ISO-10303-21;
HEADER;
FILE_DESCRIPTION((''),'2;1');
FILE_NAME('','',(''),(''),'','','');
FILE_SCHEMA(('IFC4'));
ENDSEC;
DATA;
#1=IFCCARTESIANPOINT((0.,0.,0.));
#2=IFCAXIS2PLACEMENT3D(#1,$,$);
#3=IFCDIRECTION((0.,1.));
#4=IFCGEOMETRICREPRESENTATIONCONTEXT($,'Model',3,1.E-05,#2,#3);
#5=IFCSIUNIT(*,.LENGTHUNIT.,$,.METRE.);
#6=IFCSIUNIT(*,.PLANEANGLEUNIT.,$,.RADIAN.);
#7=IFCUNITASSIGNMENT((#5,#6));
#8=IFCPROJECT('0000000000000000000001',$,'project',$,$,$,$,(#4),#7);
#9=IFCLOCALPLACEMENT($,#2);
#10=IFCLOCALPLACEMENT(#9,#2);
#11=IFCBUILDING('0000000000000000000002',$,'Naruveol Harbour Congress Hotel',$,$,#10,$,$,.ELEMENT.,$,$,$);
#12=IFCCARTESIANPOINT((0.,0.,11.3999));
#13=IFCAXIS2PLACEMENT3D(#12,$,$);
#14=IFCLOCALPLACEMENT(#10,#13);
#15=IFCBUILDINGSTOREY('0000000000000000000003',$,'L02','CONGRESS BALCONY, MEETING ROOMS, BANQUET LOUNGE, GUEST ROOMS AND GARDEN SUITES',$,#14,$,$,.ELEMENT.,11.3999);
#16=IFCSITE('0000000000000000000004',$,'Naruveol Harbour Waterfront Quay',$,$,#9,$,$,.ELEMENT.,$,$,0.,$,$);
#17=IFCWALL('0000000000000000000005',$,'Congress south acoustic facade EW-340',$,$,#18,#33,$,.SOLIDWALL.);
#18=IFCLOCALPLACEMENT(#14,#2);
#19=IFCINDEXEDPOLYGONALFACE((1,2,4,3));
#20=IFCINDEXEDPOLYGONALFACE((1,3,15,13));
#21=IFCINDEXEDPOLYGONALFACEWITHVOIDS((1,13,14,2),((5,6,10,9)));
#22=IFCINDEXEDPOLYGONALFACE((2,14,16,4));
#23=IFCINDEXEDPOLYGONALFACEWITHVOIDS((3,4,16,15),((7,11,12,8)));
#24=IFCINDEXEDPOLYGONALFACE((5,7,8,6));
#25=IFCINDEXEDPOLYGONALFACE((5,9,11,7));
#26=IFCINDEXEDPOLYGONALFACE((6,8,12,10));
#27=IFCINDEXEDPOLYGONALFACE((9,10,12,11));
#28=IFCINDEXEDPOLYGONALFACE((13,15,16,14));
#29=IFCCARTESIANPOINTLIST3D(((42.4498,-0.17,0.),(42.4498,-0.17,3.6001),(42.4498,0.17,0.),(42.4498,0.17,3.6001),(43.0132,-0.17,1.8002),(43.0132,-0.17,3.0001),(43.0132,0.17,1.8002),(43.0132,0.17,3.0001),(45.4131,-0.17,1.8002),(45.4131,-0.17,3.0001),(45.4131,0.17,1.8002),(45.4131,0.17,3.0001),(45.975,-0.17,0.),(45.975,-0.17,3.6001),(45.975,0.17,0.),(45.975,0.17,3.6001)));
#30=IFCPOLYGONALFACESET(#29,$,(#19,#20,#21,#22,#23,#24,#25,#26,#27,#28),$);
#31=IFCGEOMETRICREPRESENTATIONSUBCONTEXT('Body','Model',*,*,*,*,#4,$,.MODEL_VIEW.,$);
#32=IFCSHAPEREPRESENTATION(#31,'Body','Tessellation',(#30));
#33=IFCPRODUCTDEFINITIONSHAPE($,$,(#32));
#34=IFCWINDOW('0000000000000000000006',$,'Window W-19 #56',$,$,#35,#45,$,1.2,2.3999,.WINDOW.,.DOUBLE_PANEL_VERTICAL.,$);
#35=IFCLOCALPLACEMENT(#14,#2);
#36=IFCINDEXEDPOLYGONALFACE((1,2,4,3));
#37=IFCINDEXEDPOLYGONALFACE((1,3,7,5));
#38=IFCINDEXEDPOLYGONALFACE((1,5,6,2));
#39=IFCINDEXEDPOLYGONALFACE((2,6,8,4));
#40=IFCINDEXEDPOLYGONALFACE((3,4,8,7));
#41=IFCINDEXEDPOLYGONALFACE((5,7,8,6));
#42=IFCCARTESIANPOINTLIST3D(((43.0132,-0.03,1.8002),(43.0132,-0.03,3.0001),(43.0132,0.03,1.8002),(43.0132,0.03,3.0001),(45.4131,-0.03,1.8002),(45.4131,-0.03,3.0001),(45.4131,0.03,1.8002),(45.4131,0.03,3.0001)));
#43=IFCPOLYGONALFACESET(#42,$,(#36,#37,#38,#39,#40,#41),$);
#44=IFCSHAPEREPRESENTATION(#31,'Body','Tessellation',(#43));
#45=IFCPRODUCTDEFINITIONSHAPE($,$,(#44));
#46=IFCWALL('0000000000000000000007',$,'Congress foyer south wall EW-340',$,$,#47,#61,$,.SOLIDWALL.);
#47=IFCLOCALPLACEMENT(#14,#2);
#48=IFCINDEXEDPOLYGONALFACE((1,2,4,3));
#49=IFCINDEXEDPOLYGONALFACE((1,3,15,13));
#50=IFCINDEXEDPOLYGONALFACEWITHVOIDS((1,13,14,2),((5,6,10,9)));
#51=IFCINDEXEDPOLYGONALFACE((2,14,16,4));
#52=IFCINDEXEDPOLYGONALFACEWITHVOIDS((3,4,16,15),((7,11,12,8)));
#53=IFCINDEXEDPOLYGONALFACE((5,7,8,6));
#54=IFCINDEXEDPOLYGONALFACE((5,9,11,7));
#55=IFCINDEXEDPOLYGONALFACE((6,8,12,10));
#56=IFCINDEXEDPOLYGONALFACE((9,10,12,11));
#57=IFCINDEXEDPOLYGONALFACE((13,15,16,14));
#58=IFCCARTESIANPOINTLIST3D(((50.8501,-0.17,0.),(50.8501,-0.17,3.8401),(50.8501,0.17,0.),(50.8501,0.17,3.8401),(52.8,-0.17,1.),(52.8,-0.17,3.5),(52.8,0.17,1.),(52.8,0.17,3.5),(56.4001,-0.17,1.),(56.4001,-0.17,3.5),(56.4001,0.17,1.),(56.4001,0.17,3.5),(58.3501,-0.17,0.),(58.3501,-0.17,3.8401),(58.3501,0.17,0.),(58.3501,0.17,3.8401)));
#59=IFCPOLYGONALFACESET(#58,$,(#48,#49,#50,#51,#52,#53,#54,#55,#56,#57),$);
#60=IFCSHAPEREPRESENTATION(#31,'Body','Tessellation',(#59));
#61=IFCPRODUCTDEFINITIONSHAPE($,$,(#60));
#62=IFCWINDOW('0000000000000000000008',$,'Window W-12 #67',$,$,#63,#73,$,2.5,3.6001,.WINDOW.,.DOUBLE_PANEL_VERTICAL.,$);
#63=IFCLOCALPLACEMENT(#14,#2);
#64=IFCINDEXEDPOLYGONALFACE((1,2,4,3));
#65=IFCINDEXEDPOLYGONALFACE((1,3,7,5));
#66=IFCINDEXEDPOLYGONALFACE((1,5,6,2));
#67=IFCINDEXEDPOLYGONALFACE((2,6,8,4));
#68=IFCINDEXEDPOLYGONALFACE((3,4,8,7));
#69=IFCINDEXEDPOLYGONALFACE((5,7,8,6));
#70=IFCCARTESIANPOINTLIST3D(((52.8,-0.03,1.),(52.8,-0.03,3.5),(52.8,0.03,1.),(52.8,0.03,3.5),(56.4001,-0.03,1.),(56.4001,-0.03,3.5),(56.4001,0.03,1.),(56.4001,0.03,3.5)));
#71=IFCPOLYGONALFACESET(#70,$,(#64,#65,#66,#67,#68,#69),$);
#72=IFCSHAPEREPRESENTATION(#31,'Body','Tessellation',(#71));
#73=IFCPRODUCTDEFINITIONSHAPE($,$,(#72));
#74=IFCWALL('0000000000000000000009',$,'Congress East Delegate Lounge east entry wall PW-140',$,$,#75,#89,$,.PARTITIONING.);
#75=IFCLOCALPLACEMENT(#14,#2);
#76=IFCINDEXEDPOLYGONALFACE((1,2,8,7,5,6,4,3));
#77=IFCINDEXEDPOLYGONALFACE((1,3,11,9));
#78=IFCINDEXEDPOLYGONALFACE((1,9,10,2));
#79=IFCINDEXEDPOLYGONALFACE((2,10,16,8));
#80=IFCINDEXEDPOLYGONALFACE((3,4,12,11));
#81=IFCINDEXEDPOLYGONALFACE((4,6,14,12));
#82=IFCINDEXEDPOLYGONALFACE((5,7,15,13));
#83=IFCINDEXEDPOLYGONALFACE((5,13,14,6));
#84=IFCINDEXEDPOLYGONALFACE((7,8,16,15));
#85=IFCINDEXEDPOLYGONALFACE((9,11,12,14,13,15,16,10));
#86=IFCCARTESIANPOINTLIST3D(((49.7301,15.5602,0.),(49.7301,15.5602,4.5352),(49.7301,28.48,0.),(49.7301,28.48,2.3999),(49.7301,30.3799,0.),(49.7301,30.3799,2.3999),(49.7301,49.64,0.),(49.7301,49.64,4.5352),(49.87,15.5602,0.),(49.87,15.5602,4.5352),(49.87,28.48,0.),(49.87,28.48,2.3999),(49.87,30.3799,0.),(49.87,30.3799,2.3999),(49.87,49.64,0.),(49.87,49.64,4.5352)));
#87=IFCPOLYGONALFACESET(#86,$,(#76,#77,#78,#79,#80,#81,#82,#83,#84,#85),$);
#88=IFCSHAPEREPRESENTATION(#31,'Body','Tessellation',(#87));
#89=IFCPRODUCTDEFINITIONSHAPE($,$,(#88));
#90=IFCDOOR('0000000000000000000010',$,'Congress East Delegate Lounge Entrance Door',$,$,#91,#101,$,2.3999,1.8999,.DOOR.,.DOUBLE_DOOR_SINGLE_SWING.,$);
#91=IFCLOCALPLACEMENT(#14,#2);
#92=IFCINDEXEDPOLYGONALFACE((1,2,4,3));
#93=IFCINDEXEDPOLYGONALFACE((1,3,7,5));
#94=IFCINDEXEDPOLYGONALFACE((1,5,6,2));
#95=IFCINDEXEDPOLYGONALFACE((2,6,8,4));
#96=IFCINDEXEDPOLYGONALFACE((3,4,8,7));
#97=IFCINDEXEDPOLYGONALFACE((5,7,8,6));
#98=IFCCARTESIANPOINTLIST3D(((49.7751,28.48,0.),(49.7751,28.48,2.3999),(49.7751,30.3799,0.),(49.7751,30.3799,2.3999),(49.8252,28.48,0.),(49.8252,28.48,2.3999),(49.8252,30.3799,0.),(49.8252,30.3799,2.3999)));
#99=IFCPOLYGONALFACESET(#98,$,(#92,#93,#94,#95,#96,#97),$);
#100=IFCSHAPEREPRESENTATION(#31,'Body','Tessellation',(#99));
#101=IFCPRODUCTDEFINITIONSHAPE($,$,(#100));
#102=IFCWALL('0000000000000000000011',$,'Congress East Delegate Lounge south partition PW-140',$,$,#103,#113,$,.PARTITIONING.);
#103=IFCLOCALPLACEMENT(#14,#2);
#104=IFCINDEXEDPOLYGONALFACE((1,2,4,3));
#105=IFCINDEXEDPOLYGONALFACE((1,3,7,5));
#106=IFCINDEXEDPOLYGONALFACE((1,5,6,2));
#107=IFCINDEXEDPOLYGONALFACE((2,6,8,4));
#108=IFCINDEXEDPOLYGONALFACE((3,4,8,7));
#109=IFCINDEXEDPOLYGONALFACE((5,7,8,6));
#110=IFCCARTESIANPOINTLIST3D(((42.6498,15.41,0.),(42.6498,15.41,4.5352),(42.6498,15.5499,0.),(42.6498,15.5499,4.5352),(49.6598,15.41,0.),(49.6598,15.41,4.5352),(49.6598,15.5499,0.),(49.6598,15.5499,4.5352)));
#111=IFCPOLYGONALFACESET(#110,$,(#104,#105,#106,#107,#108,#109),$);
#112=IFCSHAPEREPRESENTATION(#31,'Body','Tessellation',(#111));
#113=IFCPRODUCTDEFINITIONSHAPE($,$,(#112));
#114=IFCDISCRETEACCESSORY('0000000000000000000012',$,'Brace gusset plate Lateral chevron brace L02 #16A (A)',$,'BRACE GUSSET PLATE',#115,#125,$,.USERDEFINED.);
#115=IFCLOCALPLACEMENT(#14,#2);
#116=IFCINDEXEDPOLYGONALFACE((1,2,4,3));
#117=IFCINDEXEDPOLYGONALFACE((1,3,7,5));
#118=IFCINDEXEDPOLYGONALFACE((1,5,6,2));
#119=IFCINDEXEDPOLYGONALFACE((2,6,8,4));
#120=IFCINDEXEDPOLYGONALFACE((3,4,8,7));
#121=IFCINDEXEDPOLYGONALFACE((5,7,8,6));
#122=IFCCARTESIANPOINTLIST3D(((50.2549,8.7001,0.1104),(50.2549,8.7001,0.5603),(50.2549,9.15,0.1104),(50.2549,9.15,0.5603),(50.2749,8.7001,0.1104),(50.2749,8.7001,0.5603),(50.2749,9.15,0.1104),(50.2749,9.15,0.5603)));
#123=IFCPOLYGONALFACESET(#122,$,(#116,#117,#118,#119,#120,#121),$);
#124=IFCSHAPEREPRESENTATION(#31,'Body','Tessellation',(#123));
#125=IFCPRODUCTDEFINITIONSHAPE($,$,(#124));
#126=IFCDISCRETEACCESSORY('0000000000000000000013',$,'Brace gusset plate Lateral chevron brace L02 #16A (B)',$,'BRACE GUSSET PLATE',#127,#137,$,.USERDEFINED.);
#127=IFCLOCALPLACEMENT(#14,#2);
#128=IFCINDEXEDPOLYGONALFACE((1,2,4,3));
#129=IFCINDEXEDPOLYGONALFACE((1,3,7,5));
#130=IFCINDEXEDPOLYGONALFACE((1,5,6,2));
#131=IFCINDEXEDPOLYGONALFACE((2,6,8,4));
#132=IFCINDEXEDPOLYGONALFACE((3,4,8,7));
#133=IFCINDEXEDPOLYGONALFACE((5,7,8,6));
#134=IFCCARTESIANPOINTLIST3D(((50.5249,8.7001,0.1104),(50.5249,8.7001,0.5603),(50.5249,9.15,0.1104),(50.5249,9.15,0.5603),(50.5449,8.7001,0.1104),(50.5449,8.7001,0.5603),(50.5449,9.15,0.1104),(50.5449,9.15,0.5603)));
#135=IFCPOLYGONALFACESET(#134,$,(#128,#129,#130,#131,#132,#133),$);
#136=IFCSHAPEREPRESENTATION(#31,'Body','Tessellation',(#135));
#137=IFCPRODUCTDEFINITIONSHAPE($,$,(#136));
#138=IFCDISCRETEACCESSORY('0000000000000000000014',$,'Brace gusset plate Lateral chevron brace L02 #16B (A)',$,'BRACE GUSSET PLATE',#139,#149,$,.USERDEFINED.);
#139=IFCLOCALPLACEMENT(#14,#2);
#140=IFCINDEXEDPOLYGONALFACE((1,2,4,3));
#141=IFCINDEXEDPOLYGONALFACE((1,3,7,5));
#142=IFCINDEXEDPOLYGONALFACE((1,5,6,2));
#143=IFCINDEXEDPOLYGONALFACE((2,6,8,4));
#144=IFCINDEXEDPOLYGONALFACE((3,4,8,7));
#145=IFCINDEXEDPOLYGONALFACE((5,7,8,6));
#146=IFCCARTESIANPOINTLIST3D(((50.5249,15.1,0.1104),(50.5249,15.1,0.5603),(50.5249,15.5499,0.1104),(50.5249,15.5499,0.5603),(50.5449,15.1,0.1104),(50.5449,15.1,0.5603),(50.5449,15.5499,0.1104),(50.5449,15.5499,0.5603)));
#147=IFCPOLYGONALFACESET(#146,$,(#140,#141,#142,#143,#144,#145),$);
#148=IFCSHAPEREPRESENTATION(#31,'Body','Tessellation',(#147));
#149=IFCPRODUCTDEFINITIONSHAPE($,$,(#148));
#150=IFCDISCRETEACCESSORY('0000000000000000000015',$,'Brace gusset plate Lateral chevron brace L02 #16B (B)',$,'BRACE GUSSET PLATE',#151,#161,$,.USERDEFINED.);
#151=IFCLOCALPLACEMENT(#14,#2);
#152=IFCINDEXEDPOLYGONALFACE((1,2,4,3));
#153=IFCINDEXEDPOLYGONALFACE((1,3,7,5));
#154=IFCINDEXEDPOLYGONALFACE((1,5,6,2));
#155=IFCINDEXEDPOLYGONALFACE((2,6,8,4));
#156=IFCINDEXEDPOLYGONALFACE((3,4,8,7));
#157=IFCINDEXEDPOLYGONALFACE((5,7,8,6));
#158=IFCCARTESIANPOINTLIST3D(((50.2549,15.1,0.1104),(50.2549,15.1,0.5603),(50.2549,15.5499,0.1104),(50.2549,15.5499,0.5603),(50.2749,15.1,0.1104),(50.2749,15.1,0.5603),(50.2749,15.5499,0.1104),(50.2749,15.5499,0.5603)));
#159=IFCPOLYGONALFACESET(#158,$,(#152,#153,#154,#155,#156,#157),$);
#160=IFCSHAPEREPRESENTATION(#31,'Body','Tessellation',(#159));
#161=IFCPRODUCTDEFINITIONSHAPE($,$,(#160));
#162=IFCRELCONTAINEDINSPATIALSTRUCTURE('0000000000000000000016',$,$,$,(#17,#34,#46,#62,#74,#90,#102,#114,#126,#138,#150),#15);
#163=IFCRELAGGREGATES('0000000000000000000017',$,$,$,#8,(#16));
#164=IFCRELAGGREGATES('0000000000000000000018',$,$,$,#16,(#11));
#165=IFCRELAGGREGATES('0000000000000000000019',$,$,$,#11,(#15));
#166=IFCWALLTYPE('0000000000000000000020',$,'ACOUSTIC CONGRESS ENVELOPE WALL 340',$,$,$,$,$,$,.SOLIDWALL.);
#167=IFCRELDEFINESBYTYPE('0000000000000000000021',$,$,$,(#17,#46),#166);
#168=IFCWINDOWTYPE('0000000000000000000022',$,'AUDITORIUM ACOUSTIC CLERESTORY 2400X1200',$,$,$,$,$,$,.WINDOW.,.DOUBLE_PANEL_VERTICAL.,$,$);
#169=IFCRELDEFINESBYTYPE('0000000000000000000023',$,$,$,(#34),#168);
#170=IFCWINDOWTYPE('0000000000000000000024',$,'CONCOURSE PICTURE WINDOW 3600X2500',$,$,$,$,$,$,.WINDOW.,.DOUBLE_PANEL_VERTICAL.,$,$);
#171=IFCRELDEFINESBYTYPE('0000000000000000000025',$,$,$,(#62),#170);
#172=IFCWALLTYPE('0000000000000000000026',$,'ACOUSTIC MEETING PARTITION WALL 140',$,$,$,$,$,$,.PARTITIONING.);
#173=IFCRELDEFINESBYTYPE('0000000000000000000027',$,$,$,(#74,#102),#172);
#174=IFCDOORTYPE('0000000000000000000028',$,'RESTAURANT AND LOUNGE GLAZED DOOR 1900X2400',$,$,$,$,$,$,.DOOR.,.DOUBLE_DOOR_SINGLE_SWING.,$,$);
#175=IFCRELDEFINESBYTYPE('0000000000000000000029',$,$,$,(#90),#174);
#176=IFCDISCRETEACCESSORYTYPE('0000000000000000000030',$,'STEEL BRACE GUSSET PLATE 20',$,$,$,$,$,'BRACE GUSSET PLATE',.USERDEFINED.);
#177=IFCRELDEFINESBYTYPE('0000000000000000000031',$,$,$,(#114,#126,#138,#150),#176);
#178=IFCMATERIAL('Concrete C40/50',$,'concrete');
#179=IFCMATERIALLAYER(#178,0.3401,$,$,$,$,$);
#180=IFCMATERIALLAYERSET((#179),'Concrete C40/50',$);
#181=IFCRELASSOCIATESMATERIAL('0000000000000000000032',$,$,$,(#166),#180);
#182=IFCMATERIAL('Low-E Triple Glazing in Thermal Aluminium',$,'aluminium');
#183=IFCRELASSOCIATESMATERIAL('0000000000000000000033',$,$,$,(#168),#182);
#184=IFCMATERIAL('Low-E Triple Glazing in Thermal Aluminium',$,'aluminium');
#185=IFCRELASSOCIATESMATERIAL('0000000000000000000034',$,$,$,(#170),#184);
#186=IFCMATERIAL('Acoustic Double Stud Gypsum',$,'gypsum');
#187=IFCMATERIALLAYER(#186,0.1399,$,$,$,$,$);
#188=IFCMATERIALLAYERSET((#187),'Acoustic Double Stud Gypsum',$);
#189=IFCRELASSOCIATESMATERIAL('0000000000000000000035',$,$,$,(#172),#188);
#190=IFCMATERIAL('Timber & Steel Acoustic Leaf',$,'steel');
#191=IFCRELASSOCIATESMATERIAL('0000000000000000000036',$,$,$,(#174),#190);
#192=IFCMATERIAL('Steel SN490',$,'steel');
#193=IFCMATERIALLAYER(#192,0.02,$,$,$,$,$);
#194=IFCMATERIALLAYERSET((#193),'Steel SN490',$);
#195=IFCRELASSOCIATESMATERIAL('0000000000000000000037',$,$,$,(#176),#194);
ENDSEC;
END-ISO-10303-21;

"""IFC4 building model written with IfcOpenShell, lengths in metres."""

from ifc_helpers import new_model, si_unit, direction, frame, frame_2d, origin, origin_2d, place, context, subcontext, project, spatial, rectangle, extrude, material, layer, layer_set, type_object, element, fill, save


model = new_model("IFC4")

# Units and contexts
model_context = context("Model", 3, precision=1e-05, world=origin(), true_north=direction((0.0, 1.0)))
body_context = subcontext(model_context, "Body", "Model", "MODEL_VIEW")
ifc_project = project(units=[si_unit("LENGTHUNIT", "METRE"), si_unit("PLANEANGLEUNIT", "RADIAN")], contexts=[model_context])

# Site, building, storey
site_placement = place(None, origin())
site = spatial("IfcSite", under=ifc_project, at=site_placement, Name="Naruveol Harbour Waterfront Quay", CompositionType="ELEMENT", RefElevation=0.0)
building_placement = place(site_placement, origin())
building = spatial("IfcBuilding", under=site, at=building_placement, Name="Naruveol Harbour Congress Hotel", CompositionType="ELEMENT")
storey_placement = place(building_placement, frame((0.0, 0.0, 11.3999)))
storey = spatial("IfcBuildingStorey", under=building, at=storey_placement, Name="L02", Description="CONGRESS BALCONY, MEETING ROOMS, BANQUET LOUNGE, GUEST ROOMS AND GARDEN SUITES", CompositionType="ELEMENT", Elevation=11.3999)

# Walls, openings, windows
ifc_material_1 = material(Name="Concrete C40/50", Category="concrete")
ifc_layer_1 = layer(ifc_material_1, 0.3401)
ifc_layer_set_1 = layer_set([ifc_layer_1], Name="Concrete C40/50")
wall_type_1 = type_object("IfcWallType", Name="ACOUSTIC CONGRESS ENVELOPE WALL 340", PredefinedType="SOLIDWALL", material=ifc_layer_set_1)
ifc_material_2 = material(Name="Low-E Triple Glazing in Thermal Aluminium", Category="aluminium")
window_type_1 = type_object("IfcWindowType", Name="AUDITORIUM ACOUSTIC CLERESTORY 2400X1200", PartitioningType="DOUBLE_PANEL_VERTICAL", PredefinedType="WINDOW", material=ifc_material_2)
wall_1_placement = place(storey_placement, frame((45.9751, 0.0, 0.0), z_axis=(0.0, 0.0, 1.0), x_axis=(-1.0, 0.0, 0.0)))
wall_1 = element("IfcWall", 1, at=wall_1_placement, inside=storey, type_object=wall_type_1, Name="Congress south acoustic facade EW-340", PredefinedType="SOLIDWALL", context=body_context, shape_type="SweptSolid", body=[
    extrude(rectangle(XDim=3.5251, YDim=0.3401, at=frame_2d((1.7627, 0.0))), origin(), (0.0, 0.0, 1.0), 3.6001),
])
opening_1_placement = place(wall_1_placement, frame((0.562, 0.0, 1.8)))
opening_1 = element("IfcOpeningElement", 2, at=opening_1_placement, cuts=wall_1, PredefinedType="OPENING", context=body_context, shape_type="SweptSolid", body=[
    extrude(rectangle(XDim=2.3999, YDim=1.2, at=frame_2d((1.2, 0.6001))), frame((0.0, 0.1799, 0.0), z_axis=(0.0, -1.0, 0.0), x_axis=(1.0, 0.0, 0.0)), (0.0, 0.0, 1.0), 0.3601),
])
window_1_placement = place(opening_1_placement, origin())
window_1 = element("IfcWindow", 3, at=window_1_placement, inside=storey, type_object=window_type_1, Name="Window W-19 #56", OverallHeight=1.2, OverallWidth=2.3999, PartitioningType="DOUBLE_PANEL_VERTICAL", PredefinedType="WINDOW", context=body_context, shape_type="SweptSolid", body=[
    extrude(rectangle(XDim=2.3999, YDim=1.2, at=frame_2d((1.2, 0.6001))), frame((0.0, 0.03, 0.0), z_axis=(0.0, -1.0, 0.0), x_axis=(1.0, 0.0, 0.0)), (0.0, 0.0, 1.0), 0.0601),
])
fill(opening_1, window_1)
wall_2_placement = place(storey_placement, frame((58.3501, 0.0, 0.0), z_axis=(0.0, 0.0, 1.0), x_axis=(-1.0, 0.0, 0.0)))
wall_2 = element("IfcWall", 4, at=wall_2_placement, inside=storey, type_object=wall_type_1, Name="Congress foyer south wall EW-340", PredefinedType="SOLIDWALL", context=body_context, shape_type="SweptSolid", body=[
    extrude(rectangle(XDim=7.5, YDim=0.3401, at=frame_2d((3.75, 0.0))), origin(), (0.0, 0.0, 1.0), 3.8401),
])
opening_2_placement = place(wall_2_placement, frame((1.95, 0.0, 1.0)))
opening_2 = element("IfcOpeningElement", 5, at=opening_2_placement, cuts=wall_2, PredefinedType="OPENING", context=body_context, shape_type="SweptSolid", body=[
    extrude(rectangle(XDim=3.6001, YDim=2.5, at=frame_2d((1.8, 1.25))), frame((0.0, 0.1799, 0.0), z_axis=(0.0, -1.0, 0.0), x_axis=(1.0, 0.0, 0.0)), (0.0, 0.0, 1.0), 0.3601),
])
ifc_material_3 = material(Name="Low-E Triple Glazing in Thermal Aluminium", Category="aluminium")
window_type_2 = type_object("IfcWindowType", Name="CONCOURSE PICTURE WINDOW 3600X2500", PartitioningType="DOUBLE_PANEL_VERTICAL", PredefinedType="WINDOW", material=ifc_material_3)
window_2_placement = place(opening_2_placement, origin())
window_2 = element("IfcWindow", 6, at=window_2_placement, inside=storey, type_object=window_type_2, Name="Window W-12 #67", OverallHeight=2.5, OverallWidth=3.6001, PartitioningType="DOUBLE_PANEL_VERTICAL", PredefinedType="WINDOW", context=body_context, shape_type="SweptSolid", body=[
    extrude(rectangle(XDim=3.6001, YDim=2.5, at=frame_2d((1.8, 1.25))), frame((0.0, 0.03, 0.0), z_axis=(0.0, -1.0, 0.0), x_axis=(1.0, 0.0, 0.0)), (0.0, 0.0, 1.0), 0.0601),
])
fill(opening_2, window_2)

# Wall, opening, door
ifc_material_4 = material(Name="Acoustic Double Stud Gypsum", Category="gypsum")
ifc_layer_2 = layer(ifc_material_4, 0.1399)
ifc_layer_set_2 = layer_set([ifc_layer_2], Name="Acoustic Double Stud Gypsum")
wall_type_2 = type_object("IfcWallType", Name="ACOUSTIC MEETING PARTITION WALL 140", PredefinedType="PARTITIONING", material=ifc_layer_set_2)
wall_3_placement = place(storey_placement, frame((49.8, 15.5601, 0.0), z_axis=(0.0, 0.0, 1.0), x_axis=(0.0, 1.0, 0.0)))
wall_3 = element("IfcWall", 7, at=wall_3_placement, inside=storey, type_object=wall_type_2, Name="Congress East Delegate Lounge east entry wall PW-140", PredefinedType="PARTITIONING", context=body_context, shape_type="SweptSolid", body=[
    extrude(rectangle(XDim=34.0798, YDim=0.1399, at=frame_2d((17.04, 0.0))), origin(), (0.0, 0.0, 1.0), 4.5352),
])
opening_3_placement = place(wall_3_placement, frame((12.9199, 0.0, 0.0)))
opening_3 = element("IfcOpeningElement", 8, at=opening_3_placement, cuts=wall_3, PredefinedType="OPENING", context=body_context, shape_type="SweptSolid", body=[
    extrude(rectangle(XDim=1.8999, YDim=2.3999, at=frame_2d((0.95, 1.2))), frame((0.0, 0.0798, 0.0), z_axis=(0.0, -1.0, 0.0), x_axis=(1.0, 0.0, 0.0)), (0.0, 0.0, 1.0), 0.1599),
])
ifc_material_5 = material(Name="Timber & Steel Acoustic Leaf", Category="steel")
door_type = type_object("IfcDoorType", Name="RESTAURANT AND LOUNGE GLAZED DOOR 1900X2400", OperationType="DOUBLE_DOOR_SINGLE_SWING", PredefinedType="DOOR", material=ifc_material_5)
door_placement = place(opening_3_placement, origin())
door = element("IfcDoor", 9, at=door_placement, inside=storey, type_object=door_type, Name="Congress East Delegate Lounge Entrance Door", OperationType="DOUBLE_DOOR_SINGLE_SWING", OverallHeight=2.3999, OverallWidth=1.8999, PredefinedType="DOOR", context=body_context, shape_type="SweptSolid", body=[
    extrude(rectangle(XDim=1.8999, YDim=2.3999, at=frame_2d((0.95, 1.2))), frame((0.0, 0.0249, 0.0), z_axis=(0.0, -1.0, 0.0), x_axis=(1.0, 0.0, 0.0)), (0.0, 0.0, 1.0), 0.05),
])
fill(opening_3, door)

# Wall
wall_4_placement = place(storey_placement, frame((42.6499, 15.48, 0.0), z_axis=(0.0, 0.0, 1.0), x_axis=(1.0, 0.0, 0.0)))
element("IfcWall", 10, at=wall_4_placement, inside=storey, type_object=wall_type_2, Name="Congress East Delegate Lounge south partition PW-140", PredefinedType="PARTITIONING", context=body_context, shape_type="SweptSolid", body=[
    extrude(rectangle(XDim=7.01, YDim=0.1399, at=frame_2d((3.5049, 0.0))), origin(), (0.0, 0.0, 1.0), 4.5352),
])

# Discrete accessories
ifc_material_6 = material(Name="Steel SN490", Category="steel")
ifc_layer_3 = layer(ifc_material_6, 0.02)
ifc_layer_set_3 = layer_set([ifc_layer_3], Name="Steel SN490")
discrete_accessory_type = type_object("IfcDiscreteAccessoryType", Name="STEEL BRACE GUSSET PLATE 20", ElementType="BRACE GUSSET PLATE", PredefinedType="USERDEFINED", material=ifc_layer_set_3)
for number, where, z_axis, x_axis, name in (
    (11, (50.2649, 8.925, 0.1104), (0.0, 0.0, 1.0), (0.0, 1.0, 0.0), "Brace gusset plate Lateral chevron brace L02 #16A (A)"),
    (12, (50.5349, 8.925, 0.1104), (0.0, 0.0, 1.0), (0.0, 1.0, 0.0), "Brace gusset plate Lateral chevron brace L02 #16A (B)"),
    (13, (50.5349, 15.325, 0.1104), (0.0, 0.0, 1.0), (0.0, -1.0, 0.0), "Brace gusset plate Lateral chevron brace L02 #16B (A)"),
    (14, (50.2649, 15.325, 0.1104), (0.0, 0.0, 1.0), (0.0, -1.0, 0.0), "Brace gusset plate Lateral chevron brace L02 #16B (B)"),
):
    element("IfcDiscreteAccessory", number, at=place(storey_placement, frame(where, z_axis=z_axis, x_axis=x_axis)), inside=storey, type_object=discrete_accessory_type, Name=name, ObjectType="BRACE GUSSET PLATE", PredefinedType="USERDEFINED", context=body_context, shape_type="SweptSolid", body=[
        extrude(rectangle(XDim=0.45, YDim=0.02, at=origin_2d()), origin(), (0.0, 0.0, 1.0), 0.45),
    ])

save(model, "model.ifc")
